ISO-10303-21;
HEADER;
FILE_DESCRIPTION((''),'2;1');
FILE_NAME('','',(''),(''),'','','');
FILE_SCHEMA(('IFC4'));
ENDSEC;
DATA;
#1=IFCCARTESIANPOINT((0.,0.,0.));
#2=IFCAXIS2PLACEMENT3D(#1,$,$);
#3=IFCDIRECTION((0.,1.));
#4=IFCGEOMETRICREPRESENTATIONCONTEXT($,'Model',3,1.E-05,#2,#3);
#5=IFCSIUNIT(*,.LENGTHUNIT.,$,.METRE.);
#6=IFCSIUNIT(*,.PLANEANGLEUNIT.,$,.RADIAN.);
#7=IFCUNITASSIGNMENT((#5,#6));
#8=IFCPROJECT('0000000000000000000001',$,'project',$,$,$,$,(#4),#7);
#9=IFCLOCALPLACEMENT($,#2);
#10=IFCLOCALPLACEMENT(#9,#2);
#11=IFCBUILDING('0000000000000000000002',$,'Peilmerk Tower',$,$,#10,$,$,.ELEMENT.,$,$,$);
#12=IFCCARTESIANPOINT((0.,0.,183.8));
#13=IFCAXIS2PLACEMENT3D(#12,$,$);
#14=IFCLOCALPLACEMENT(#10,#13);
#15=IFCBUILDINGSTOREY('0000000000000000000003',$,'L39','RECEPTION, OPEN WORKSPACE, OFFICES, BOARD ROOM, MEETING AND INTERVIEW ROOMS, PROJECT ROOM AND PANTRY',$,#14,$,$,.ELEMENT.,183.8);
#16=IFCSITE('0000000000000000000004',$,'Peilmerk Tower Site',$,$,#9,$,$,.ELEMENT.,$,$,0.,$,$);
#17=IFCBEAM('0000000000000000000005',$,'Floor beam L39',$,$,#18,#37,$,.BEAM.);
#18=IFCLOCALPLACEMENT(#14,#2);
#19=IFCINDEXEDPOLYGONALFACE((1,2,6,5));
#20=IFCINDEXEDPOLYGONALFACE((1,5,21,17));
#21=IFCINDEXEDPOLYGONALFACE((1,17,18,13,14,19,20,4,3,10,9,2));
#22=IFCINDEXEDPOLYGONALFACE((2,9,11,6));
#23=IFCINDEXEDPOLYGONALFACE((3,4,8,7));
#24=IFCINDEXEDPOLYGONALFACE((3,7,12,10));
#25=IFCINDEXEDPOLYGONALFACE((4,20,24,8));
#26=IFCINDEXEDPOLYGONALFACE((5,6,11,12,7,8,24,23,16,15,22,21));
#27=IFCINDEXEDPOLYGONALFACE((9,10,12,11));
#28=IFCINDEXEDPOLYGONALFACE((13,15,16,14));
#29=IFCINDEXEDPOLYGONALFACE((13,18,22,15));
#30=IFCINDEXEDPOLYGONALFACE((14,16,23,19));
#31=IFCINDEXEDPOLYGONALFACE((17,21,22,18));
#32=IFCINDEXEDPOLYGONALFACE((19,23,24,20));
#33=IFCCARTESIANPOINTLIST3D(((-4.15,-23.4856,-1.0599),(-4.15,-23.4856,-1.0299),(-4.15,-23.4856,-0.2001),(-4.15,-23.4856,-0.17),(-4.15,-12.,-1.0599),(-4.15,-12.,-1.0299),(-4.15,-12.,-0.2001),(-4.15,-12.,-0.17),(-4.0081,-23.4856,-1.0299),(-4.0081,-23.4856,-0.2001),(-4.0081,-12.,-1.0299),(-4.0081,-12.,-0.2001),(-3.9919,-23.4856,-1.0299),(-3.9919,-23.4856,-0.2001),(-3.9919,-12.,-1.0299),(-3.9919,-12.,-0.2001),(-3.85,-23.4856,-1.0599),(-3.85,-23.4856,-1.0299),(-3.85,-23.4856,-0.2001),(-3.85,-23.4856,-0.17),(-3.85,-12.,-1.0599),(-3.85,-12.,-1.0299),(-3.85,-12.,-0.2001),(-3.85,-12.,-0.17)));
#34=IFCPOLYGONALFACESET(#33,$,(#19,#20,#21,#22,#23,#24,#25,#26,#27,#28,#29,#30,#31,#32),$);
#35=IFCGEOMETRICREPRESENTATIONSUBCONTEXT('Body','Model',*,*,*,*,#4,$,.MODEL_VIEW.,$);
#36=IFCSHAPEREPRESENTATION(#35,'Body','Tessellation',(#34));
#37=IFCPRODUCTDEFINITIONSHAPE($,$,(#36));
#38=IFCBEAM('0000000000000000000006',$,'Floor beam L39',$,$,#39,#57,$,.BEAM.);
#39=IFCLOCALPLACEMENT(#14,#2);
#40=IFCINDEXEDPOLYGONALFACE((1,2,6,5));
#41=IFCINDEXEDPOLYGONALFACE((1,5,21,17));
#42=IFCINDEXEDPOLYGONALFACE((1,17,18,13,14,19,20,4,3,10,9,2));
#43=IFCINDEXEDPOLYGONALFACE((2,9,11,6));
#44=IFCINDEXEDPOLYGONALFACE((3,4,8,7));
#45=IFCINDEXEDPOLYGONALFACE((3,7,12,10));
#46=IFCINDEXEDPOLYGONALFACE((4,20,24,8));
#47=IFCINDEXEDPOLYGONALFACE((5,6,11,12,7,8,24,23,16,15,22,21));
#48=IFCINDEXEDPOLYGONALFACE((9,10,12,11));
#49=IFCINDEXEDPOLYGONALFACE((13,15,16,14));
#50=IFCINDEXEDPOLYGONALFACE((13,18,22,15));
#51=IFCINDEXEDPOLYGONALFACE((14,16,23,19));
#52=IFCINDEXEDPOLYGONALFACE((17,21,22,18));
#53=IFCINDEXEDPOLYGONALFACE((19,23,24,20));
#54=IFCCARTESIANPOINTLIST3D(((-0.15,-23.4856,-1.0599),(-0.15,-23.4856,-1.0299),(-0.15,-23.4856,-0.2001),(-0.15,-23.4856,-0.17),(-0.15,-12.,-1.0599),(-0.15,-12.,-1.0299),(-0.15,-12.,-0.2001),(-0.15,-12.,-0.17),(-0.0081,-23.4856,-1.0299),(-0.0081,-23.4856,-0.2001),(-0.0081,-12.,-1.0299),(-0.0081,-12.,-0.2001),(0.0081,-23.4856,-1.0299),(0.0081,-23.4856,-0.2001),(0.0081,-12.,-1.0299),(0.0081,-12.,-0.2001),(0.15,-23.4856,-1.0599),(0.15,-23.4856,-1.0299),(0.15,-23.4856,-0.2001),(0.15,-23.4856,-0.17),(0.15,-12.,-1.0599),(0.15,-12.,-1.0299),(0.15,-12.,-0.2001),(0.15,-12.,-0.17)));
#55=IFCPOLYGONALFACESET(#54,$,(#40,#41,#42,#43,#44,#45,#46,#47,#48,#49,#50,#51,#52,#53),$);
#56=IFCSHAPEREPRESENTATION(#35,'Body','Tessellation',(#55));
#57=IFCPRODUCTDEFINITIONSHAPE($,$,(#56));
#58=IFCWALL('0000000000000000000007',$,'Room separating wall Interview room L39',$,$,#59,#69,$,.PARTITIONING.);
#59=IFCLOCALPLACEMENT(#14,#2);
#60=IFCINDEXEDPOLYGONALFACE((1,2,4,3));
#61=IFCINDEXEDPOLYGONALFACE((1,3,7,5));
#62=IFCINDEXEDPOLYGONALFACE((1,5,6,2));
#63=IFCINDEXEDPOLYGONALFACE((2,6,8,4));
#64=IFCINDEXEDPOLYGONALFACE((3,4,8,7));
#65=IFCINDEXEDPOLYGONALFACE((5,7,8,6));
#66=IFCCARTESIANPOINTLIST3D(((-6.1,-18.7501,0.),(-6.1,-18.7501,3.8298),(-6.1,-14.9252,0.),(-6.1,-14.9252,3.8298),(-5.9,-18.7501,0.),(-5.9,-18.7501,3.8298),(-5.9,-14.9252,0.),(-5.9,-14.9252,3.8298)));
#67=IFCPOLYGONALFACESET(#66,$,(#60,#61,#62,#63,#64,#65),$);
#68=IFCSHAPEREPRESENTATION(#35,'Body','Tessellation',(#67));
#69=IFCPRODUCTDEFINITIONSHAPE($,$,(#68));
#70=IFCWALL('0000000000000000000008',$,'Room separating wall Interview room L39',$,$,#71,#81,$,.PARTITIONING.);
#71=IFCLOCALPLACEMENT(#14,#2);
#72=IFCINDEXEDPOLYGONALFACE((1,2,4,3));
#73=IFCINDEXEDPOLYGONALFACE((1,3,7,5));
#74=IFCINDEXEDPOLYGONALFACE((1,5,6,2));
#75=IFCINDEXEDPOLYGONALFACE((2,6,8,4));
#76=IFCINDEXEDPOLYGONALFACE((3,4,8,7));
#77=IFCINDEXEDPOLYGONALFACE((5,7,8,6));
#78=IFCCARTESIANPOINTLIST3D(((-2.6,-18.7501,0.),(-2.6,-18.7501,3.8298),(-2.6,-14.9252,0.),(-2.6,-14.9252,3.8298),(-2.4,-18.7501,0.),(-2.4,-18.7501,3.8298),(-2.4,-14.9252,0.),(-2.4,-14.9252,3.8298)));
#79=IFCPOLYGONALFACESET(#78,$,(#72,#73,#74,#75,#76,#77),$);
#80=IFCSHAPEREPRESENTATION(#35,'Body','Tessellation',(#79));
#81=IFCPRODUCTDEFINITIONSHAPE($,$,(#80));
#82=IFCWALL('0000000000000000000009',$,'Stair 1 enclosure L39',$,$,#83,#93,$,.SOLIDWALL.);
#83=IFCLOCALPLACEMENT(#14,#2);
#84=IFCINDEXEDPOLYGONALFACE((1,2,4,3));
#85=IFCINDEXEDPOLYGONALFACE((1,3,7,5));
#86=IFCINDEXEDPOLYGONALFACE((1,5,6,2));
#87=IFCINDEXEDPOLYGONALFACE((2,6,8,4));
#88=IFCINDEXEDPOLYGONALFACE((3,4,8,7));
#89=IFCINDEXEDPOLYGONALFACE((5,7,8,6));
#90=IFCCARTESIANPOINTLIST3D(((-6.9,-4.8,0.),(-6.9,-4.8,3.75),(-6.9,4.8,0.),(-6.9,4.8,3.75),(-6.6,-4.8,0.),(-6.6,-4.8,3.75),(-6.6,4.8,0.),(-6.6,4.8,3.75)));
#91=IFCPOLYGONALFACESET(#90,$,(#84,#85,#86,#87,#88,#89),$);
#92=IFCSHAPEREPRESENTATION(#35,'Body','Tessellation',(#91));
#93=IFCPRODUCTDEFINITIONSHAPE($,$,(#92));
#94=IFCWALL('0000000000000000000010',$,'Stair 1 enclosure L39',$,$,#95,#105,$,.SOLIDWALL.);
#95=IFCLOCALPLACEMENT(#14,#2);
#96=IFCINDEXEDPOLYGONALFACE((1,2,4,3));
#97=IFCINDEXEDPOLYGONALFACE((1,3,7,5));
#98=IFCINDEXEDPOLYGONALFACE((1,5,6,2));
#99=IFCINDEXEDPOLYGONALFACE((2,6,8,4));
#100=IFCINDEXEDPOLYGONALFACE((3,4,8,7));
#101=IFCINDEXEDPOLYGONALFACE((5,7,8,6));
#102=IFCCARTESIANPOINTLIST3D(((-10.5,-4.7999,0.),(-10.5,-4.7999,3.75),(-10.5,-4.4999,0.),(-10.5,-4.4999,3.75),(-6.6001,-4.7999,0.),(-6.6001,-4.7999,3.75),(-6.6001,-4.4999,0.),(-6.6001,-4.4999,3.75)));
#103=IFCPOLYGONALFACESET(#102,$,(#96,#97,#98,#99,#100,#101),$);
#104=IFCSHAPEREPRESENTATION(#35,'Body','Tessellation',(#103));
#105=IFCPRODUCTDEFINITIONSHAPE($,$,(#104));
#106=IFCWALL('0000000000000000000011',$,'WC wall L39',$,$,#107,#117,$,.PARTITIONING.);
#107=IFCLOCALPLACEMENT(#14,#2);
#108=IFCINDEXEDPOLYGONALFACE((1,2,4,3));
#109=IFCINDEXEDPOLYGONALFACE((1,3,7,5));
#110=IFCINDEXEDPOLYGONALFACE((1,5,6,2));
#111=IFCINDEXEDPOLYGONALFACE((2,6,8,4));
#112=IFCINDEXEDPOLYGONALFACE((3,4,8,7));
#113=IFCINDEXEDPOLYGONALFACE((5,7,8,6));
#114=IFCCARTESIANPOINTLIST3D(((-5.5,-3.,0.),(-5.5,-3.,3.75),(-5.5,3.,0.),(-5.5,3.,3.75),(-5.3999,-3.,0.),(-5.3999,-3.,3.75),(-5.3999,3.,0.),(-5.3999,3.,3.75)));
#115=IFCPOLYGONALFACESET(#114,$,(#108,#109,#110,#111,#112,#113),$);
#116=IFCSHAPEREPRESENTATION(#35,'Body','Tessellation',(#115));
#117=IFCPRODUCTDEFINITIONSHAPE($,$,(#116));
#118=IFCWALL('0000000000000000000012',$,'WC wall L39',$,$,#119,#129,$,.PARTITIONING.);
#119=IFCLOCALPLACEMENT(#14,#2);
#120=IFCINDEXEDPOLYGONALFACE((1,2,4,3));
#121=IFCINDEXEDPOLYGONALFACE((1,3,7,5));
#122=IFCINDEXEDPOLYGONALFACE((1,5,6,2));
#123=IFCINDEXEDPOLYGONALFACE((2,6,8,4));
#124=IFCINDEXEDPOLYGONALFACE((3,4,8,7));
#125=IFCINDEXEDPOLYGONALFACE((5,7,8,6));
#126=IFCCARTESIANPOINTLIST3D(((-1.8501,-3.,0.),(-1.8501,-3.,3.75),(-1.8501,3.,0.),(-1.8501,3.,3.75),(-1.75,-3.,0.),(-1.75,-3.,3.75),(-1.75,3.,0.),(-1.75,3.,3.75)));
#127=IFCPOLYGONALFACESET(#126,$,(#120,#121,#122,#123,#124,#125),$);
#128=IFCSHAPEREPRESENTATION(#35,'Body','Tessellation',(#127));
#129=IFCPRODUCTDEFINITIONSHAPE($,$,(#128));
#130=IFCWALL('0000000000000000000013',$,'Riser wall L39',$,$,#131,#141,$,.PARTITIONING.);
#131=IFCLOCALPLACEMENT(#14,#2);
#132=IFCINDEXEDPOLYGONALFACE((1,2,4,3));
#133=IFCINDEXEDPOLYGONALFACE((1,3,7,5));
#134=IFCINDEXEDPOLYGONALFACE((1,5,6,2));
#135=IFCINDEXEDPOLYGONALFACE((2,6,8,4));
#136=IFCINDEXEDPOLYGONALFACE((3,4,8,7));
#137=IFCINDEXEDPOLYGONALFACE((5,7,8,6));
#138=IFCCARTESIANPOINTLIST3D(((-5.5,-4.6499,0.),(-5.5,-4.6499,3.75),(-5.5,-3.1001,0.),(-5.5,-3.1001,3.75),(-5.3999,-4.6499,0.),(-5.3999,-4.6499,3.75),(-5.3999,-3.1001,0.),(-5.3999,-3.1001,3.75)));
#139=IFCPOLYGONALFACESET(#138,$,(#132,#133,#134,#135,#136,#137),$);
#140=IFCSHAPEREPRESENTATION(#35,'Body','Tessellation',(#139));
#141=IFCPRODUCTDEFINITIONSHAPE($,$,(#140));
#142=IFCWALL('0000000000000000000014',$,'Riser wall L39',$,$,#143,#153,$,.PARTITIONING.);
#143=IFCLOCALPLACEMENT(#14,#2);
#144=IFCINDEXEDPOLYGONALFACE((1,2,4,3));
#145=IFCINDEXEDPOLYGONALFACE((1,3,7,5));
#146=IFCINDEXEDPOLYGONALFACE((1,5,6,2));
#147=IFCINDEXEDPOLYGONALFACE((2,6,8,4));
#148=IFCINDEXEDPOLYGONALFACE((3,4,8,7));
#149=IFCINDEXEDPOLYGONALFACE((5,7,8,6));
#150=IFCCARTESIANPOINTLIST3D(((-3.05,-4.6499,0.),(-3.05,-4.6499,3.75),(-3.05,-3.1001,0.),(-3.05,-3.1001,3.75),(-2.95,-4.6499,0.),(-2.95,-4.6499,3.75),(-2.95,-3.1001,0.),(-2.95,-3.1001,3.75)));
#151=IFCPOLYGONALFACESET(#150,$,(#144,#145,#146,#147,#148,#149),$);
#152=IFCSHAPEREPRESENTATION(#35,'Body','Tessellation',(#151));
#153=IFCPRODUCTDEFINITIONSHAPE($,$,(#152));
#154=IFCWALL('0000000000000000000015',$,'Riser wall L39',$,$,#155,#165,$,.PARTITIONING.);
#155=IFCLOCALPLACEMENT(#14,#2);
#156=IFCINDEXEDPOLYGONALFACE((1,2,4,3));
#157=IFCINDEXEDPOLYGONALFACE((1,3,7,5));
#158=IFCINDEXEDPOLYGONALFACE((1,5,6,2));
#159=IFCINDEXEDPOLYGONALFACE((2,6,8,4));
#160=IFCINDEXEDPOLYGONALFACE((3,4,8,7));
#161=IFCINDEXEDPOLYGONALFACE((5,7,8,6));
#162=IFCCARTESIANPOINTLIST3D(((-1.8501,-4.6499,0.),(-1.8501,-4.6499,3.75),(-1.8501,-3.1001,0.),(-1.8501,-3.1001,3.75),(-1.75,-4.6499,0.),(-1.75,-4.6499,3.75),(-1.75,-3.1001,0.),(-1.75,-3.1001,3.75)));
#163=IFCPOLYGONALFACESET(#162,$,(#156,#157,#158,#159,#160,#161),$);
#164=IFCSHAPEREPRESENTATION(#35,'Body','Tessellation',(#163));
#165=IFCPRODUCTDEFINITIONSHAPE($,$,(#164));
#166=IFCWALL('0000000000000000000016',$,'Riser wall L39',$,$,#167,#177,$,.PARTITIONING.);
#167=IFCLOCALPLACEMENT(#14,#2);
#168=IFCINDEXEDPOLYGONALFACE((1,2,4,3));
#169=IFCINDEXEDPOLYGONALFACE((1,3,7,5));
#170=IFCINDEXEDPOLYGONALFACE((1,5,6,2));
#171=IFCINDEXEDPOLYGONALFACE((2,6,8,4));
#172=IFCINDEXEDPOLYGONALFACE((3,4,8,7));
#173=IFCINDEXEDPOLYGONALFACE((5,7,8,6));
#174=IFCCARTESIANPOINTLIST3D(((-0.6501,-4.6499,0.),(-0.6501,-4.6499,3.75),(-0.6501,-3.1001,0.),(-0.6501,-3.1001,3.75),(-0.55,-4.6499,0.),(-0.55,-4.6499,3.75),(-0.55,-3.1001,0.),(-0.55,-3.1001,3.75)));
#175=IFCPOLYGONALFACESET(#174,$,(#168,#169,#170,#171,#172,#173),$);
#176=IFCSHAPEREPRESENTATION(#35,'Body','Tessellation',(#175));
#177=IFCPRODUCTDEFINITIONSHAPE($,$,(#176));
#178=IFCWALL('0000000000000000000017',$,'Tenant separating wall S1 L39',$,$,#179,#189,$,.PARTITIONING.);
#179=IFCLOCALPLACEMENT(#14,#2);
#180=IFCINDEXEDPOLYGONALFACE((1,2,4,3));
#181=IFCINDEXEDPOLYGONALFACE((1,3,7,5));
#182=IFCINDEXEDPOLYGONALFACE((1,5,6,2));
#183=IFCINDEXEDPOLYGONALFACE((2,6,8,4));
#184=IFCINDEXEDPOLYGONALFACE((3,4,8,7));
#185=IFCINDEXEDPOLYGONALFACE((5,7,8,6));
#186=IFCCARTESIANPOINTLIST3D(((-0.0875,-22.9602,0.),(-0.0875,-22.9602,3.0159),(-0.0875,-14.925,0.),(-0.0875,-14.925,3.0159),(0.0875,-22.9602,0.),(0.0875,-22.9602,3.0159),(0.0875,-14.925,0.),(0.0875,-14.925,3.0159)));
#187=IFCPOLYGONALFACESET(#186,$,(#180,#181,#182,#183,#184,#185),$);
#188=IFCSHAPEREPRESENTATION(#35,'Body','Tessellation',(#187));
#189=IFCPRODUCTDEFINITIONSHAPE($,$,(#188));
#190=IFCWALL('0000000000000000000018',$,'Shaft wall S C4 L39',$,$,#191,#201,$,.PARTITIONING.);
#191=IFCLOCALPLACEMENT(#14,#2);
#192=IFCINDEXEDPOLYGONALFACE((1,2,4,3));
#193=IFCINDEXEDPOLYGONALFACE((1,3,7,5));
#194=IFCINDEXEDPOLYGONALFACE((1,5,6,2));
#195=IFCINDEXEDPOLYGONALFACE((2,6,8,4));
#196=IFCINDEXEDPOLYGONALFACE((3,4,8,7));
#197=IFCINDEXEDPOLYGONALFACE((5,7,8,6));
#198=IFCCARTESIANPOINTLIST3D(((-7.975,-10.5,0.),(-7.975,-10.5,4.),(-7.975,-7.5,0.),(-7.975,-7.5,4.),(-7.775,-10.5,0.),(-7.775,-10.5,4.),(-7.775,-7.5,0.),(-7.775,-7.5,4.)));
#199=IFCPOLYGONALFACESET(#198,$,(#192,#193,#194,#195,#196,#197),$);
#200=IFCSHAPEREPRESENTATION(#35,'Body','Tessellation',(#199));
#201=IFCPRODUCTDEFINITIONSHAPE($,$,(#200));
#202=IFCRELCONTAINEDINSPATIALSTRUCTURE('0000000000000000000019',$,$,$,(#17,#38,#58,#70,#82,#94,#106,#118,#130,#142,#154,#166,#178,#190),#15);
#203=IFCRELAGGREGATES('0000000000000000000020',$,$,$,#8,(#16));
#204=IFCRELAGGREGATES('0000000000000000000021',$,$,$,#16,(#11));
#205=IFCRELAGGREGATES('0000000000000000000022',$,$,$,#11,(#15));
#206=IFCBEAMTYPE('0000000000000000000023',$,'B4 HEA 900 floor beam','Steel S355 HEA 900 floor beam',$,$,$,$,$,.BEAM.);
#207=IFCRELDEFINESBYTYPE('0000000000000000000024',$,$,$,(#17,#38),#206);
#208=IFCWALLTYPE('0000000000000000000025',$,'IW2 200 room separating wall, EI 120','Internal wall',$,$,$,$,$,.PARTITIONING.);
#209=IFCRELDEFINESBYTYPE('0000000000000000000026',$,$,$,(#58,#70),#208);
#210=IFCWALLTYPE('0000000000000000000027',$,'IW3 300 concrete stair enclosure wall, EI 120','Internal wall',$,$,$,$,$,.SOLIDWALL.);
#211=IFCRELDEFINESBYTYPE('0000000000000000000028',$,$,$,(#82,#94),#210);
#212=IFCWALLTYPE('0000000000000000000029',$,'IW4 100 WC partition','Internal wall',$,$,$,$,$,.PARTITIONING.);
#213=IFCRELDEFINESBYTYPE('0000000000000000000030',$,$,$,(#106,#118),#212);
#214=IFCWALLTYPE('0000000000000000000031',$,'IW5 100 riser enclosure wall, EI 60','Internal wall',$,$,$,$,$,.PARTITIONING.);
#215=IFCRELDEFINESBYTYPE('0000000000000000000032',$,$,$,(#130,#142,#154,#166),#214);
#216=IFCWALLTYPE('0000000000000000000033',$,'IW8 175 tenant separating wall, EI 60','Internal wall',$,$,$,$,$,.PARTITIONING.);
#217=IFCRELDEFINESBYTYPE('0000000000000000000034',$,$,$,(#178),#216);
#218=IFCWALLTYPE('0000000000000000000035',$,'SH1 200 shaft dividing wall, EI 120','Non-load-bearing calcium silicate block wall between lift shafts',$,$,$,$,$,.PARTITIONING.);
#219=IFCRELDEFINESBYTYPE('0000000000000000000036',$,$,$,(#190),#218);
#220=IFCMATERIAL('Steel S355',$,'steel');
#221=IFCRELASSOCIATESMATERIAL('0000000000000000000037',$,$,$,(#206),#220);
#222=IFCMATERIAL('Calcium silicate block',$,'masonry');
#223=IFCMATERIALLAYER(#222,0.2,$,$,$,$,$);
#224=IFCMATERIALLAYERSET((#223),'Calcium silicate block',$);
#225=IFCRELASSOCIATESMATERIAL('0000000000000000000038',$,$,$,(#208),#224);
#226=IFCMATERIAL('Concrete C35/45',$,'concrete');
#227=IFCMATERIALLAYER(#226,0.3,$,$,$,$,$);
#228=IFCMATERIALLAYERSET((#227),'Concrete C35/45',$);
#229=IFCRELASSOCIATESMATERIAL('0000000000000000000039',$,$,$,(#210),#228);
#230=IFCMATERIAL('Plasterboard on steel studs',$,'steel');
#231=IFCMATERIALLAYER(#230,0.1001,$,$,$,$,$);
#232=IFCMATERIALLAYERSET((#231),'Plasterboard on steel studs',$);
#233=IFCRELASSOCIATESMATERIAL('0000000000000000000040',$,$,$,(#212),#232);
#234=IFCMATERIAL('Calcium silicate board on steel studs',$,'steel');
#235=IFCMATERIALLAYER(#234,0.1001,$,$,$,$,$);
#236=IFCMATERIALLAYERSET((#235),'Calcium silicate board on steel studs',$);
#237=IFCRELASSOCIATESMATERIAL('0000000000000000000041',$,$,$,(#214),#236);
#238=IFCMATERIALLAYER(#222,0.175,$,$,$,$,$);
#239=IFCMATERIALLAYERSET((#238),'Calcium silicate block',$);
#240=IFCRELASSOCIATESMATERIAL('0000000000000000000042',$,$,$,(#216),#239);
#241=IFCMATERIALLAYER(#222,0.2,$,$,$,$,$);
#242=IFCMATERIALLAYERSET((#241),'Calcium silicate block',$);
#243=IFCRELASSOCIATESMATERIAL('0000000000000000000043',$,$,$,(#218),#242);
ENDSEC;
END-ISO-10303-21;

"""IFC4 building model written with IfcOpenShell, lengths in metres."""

from ifc_helpers import new_model, si_unit, direction, frame, frame_2d, origin, origin_2d, place, context, subcontext, project, spatial, rectangle, i_section, extrude, material, layer, layer_set, material_profile, profile_set, type_object, element, save


model = new_model("IFC4")

# Units and contexts
model_context = context("Model", 3, precision=1e-05, world=origin(), true_north=direction((0.0, 1.0)))
body_context = subcontext(model_context, "Body", "Model", "MODEL_VIEW")
ifc_project = project(units=[si_unit("LENGTHUNIT", "METRE"), si_unit("PLANEANGLEUNIT", "RADIAN")], contexts=[model_context])

# Site, building, storey
site_placement = place(None, origin())
site = spatial("IfcSite", under=ifc_project, at=site_placement, Name="Peilmerk Tower Site", CompositionType="ELEMENT", RefElevation=0.0)
building_placement = place(site_placement, origin())
building = spatial("IfcBuilding", under=site, at=building_placement, Name="Peilmerk Tower", CompositionType="ELEMENT")
storey_placement = place(building_placement, frame((0.0, 0.0, 183.8)))
storey = spatial("IfcBuildingStorey", under=building, at=storey_placement, Name="L39", Description="RECEPTION, OPEN WORKSPACE, OFFICES, BOARD ROOM, MEETING AND INTERVIEW ROOMS, PROJECT ROOM AND PANTRY", CompositionType="ELEMENT", Elevation=183.8)

# Beams
ifc_material_1 = material(Name="Steel S355", Category="steel")
ifc_material_profile = material_profile(ifc_material_1, i_section(OverallWidth=0.3, OverallDepth=0.8899, WebThickness=0.0161, FlangeThickness=0.03, at=origin_2d()), Name="HEA 900")
ifc_profile_set = profile_set([ifc_material_profile], Name="Steel S355")
beam_type = type_object("IfcBeamType", Name="B4 HEA 900 floor beam", Description="Steel S355 HEA 900 floor beam", PredefinedType="BEAM", material=ifc_profile_set)
for number, where, z_axis, x_axis, name in (
    (1, (-4.0, -12.0, -0.615), (0.0, -1.0, 0.0), (1.0, 0.0, 0.0), "Floor beam L39"),
    (2, (0.0, -12.0, -0.615), (0.0, -1.0, 0.0), (1.0, 0.0, 0.0), "Floor beam L39"),
):
    element("IfcBeam", number, at=place(storey_placement, frame(where, z_axis=z_axis, x_axis=x_axis)), inside=storey, type_object=beam_type, Name=name, PredefinedType="BEAM", context=body_context, shape_type="SweptSolid", body=[
        extrude(i_section(OverallWidth=0.3, OverallDepth=0.8899, WebThickness=0.0161, FlangeThickness=0.03, at=origin_2d()), origin(), (0.0, 0.0, 1.0), 11.4856),
    ])

# Walls
ifc_material_2 = material(Name="Calcium silicate block", Category="masonry")
ifc_layer_1 = layer(ifc_material_2, 0.2)
ifc_layer_set_1 = layer_set([ifc_layer_1], Name="Calcium silicate block")
wall_type_1 = type_object("IfcWallType", Name="IW2 200 room separating wall, EI 120", Description="Internal wall", PredefinedType="PARTITIONING", material=ifc_layer_set_1)
for number, where, z_axis, x_axis, name in (
    (3, (-6.0, -14.925, 0.0), (0.0, 0.0, 1.0), (0.0, -1.0, 0.0), "Room separating wall Interview room L39"),
    (4, (-2.5, -14.925, 0.0), (0.0, 0.0, 1.0), (0.0, -1.0, 0.0), "Room separating wall Interview room L39"),
):
    element("IfcWall", number, at=place(storey_placement, frame(where, z_axis=z_axis, x_axis=x_axis)), inside=storey, type_object=wall_type_1, Name=name, PredefinedType="PARTITIONING", context=body_context, shape_type="SweptSolid", body=[
        extrude(rectangle(XDim=3.825, YDim=0.2, at=frame_2d((1.9126, 0.0))), origin(), (0.0, 0.0, 1.0), 3.8298),
    ])
ifc_material_3 = material(Name="Concrete C35/45", Category="concrete")
ifc_layer_2 = layer(ifc_material_3, 0.3)
ifc_layer_set_2 = layer_set([ifc_layer_2], Name="Concrete C35/45")
wall_type_2 = type_object("IfcWallType", Name="IW3 300 concrete stair enclosure wall, EI 120", Description="Internal wall", PredefinedType="SOLIDWALL", material=ifc_layer_set_2)
wall_1_placement = place(storey_placement, frame((-6.75, -4.8, 0.0), z_axis=(0.0, 0.0, 1.0), x_axis=(0.0, 1.0, 0.0)))
element("IfcWall", 5, at=wall_1_placement, inside=storey, type_object=wall_type_2, Name="Stair 1 enclosure L39", PredefinedType="SOLIDWALL", context=body_context, shape_type="SweptSolid", body=[
    extrude(rectangle(XDim=9.6001, YDim=0.3, at=frame_2d((4.8, 0.0))), origin(), (0.0, 0.0, 1.0), 3.75),
])
wall_2_placement = place(storey_placement, frame((-6.6001, -4.6499, 0.0), z_axis=(0.0, 0.0, 1.0), x_axis=(-1.0, 0.0, 0.0)))
element("IfcWall", 6, at=wall_2_placement, inside=storey, type_object=wall_type_2, Name="Stair 1 enclosure L39", PredefinedType="SOLIDWALL", context=body_context, shape_type="SweptSolid", body=[
    extrude(rectangle(XDim=3.8999, YDim=0.3, at=frame_2d((1.95, 0.0))), origin(), (0.0, 0.0, 1.0), 3.75),
])
ifc_material_4 = material(Name="Plasterboard on steel studs", Category="steel")
ifc_layer_3 = layer(ifc_material_4, 0.1001)
ifc_layer_set_3 = layer_set([ifc_layer_3], Name="Plasterboard on steel studs")
wall_type_3 = type_object("IfcWallType", Name="IW4 100 WC partition", Description="Internal wall", PredefinedType="PARTITIONING", material=ifc_layer_set_3)
for number, where, z_axis, x_axis, name in (
    (7, (-5.45, -3.0, 0.0), (0.0, 0.0, 1.0), (0.0, 1.0, 0.0), "WC wall L39"),
    (8, (-1.8, -3.0, 0.0), (0.0, 0.0, 1.0), (0.0, 1.0, 0.0), "WC wall L39"),
):
    element("IfcWall", number, at=place(storey_placement, frame(where, z_axis=z_axis, x_axis=x_axis)), inside=storey, type_object=wall_type_3, Name=name, PredefinedType="PARTITIONING", context=body_context, shape_type="SweptSolid", body=[
        extrude(rectangle(XDim=6.0, YDim=0.1001, at=frame_2d((3.0, 0.0))), origin(), (0.0, 0.0, 1.0), 3.75),
    ])
ifc_material_5 = material(Name="Calcium silicate board on steel studs", Category="steel")
ifc_layer_4 = layer(ifc_material_5, 0.1001)
ifc_layer_set_4 = layer_set([ifc_layer_4], Name="Calcium silicate board on steel studs")
wall_type_4 = type_object("IfcWallType", Name="IW5 100 riser enclosure wall, EI 60", Description="Internal wall", PredefinedType="PARTITIONING", material=ifc_layer_set_4)
for number, where, z_axis, x_axis, name in (
    (9, (-5.45, -3.1001, 0.0), (0.0, 0.0, 1.0), (0.0, -1.0, 0.0), "Riser wall L39"),
    (10, (-3.0, -3.1001, 0.0), (0.0, 0.0, 1.0), (0.0, -1.0, 0.0), "Riser wall L39"),
    (11, (-1.8, -3.1001, 0.0), (0.0, 0.0, 1.0), (0.0, -1.0, 0.0), "Riser wall L39"),
    (12, (-0.6001, -3.1001, 0.0), (0.0, 0.0, 1.0), (0.0, -1.0, 0.0), "Riser wall L39"),
):
    element("IfcWall", number, at=place(storey_placement, frame(where, z_axis=z_axis, x_axis=x_axis)), inside=storey, type_object=wall_type_4, Name=name, PredefinedType="PARTITIONING", context=body_context, shape_type="SweptSolid", body=[
        extrude(rectangle(XDim=1.5498, YDim=0.1001, at=frame_2d((0.7749, 0.0))), origin(), (0.0, 0.0, 1.0), 3.75),
    ])
ifc_layer_5 = layer(ifc_material_2, 0.175)
ifc_layer_set_5 = layer_set([ifc_layer_5], Name="Calcium silicate block")
wall_type_5 = type_object("IfcWallType", Name="IW8 175 tenant separating wall, EI 60", Description="Internal wall", PredefinedType="PARTITIONING", material=ifc_layer_set_5)
wall_3_placement = place(storey_placement, frame((0.0, -14.925, 0.0), z_axis=(0.0, 0.0, 1.0), x_axis=(0.0, -1.0, 0.0)))
element("IfcWall", 13, at=wall_3_placement, inside=storey, type_object=wall_type_5, Name="Tenant separating wall S1 L39", PredefinedType="PARTITIONING", context=body_context, shape_type="SweptSolid", body=[
    extrude(rectangle(XDim=8.0352, YDim=0.175, at=frame_2d((4.0176, 0.0))), origin(), (0.0, 0.0, 1.0), 3.0159),
])
ifc_layer_6 = layer(ifc_material_2, 0.2)
ifc_layer_set_6 = layer_set([ifc_layer_6], Name="Calcium silicate block")
wall_type_6 = type_object("IfcWallType", Name="SH1 200 shaft dividing wall, EI 120", Description="Non-load-bearing calcium silicate block wall between lift shafts", PredefinedType="PARTITIONING", material=ifc_layer_set_6)
for number, where, z_axis, x_axis, name in (
    (14, (-7.875, -10.5, 0.0), (0.0, 0.0, 1.0), (0.0, 1.0, 0.0), "Shaft wall S C4 L39"),
):
    element("IfcWall", number, at=place(storey_placement, frame(where, z_axis=z_axis, x_axis=x_axis)), inside=storey, type_object=wall_type_6, Name=name, PredefinedType="PARTITIONING", context=body_context, shape_type="SweptSolid", body=[
        extrude(rectangle(XDim=3.0, YDim=0.2, at=frame_2d((1.5, 0.0))), origin(), (0.0, 0.0, 1.0), 4.0),
    ])

save(model, "model.ifc")
